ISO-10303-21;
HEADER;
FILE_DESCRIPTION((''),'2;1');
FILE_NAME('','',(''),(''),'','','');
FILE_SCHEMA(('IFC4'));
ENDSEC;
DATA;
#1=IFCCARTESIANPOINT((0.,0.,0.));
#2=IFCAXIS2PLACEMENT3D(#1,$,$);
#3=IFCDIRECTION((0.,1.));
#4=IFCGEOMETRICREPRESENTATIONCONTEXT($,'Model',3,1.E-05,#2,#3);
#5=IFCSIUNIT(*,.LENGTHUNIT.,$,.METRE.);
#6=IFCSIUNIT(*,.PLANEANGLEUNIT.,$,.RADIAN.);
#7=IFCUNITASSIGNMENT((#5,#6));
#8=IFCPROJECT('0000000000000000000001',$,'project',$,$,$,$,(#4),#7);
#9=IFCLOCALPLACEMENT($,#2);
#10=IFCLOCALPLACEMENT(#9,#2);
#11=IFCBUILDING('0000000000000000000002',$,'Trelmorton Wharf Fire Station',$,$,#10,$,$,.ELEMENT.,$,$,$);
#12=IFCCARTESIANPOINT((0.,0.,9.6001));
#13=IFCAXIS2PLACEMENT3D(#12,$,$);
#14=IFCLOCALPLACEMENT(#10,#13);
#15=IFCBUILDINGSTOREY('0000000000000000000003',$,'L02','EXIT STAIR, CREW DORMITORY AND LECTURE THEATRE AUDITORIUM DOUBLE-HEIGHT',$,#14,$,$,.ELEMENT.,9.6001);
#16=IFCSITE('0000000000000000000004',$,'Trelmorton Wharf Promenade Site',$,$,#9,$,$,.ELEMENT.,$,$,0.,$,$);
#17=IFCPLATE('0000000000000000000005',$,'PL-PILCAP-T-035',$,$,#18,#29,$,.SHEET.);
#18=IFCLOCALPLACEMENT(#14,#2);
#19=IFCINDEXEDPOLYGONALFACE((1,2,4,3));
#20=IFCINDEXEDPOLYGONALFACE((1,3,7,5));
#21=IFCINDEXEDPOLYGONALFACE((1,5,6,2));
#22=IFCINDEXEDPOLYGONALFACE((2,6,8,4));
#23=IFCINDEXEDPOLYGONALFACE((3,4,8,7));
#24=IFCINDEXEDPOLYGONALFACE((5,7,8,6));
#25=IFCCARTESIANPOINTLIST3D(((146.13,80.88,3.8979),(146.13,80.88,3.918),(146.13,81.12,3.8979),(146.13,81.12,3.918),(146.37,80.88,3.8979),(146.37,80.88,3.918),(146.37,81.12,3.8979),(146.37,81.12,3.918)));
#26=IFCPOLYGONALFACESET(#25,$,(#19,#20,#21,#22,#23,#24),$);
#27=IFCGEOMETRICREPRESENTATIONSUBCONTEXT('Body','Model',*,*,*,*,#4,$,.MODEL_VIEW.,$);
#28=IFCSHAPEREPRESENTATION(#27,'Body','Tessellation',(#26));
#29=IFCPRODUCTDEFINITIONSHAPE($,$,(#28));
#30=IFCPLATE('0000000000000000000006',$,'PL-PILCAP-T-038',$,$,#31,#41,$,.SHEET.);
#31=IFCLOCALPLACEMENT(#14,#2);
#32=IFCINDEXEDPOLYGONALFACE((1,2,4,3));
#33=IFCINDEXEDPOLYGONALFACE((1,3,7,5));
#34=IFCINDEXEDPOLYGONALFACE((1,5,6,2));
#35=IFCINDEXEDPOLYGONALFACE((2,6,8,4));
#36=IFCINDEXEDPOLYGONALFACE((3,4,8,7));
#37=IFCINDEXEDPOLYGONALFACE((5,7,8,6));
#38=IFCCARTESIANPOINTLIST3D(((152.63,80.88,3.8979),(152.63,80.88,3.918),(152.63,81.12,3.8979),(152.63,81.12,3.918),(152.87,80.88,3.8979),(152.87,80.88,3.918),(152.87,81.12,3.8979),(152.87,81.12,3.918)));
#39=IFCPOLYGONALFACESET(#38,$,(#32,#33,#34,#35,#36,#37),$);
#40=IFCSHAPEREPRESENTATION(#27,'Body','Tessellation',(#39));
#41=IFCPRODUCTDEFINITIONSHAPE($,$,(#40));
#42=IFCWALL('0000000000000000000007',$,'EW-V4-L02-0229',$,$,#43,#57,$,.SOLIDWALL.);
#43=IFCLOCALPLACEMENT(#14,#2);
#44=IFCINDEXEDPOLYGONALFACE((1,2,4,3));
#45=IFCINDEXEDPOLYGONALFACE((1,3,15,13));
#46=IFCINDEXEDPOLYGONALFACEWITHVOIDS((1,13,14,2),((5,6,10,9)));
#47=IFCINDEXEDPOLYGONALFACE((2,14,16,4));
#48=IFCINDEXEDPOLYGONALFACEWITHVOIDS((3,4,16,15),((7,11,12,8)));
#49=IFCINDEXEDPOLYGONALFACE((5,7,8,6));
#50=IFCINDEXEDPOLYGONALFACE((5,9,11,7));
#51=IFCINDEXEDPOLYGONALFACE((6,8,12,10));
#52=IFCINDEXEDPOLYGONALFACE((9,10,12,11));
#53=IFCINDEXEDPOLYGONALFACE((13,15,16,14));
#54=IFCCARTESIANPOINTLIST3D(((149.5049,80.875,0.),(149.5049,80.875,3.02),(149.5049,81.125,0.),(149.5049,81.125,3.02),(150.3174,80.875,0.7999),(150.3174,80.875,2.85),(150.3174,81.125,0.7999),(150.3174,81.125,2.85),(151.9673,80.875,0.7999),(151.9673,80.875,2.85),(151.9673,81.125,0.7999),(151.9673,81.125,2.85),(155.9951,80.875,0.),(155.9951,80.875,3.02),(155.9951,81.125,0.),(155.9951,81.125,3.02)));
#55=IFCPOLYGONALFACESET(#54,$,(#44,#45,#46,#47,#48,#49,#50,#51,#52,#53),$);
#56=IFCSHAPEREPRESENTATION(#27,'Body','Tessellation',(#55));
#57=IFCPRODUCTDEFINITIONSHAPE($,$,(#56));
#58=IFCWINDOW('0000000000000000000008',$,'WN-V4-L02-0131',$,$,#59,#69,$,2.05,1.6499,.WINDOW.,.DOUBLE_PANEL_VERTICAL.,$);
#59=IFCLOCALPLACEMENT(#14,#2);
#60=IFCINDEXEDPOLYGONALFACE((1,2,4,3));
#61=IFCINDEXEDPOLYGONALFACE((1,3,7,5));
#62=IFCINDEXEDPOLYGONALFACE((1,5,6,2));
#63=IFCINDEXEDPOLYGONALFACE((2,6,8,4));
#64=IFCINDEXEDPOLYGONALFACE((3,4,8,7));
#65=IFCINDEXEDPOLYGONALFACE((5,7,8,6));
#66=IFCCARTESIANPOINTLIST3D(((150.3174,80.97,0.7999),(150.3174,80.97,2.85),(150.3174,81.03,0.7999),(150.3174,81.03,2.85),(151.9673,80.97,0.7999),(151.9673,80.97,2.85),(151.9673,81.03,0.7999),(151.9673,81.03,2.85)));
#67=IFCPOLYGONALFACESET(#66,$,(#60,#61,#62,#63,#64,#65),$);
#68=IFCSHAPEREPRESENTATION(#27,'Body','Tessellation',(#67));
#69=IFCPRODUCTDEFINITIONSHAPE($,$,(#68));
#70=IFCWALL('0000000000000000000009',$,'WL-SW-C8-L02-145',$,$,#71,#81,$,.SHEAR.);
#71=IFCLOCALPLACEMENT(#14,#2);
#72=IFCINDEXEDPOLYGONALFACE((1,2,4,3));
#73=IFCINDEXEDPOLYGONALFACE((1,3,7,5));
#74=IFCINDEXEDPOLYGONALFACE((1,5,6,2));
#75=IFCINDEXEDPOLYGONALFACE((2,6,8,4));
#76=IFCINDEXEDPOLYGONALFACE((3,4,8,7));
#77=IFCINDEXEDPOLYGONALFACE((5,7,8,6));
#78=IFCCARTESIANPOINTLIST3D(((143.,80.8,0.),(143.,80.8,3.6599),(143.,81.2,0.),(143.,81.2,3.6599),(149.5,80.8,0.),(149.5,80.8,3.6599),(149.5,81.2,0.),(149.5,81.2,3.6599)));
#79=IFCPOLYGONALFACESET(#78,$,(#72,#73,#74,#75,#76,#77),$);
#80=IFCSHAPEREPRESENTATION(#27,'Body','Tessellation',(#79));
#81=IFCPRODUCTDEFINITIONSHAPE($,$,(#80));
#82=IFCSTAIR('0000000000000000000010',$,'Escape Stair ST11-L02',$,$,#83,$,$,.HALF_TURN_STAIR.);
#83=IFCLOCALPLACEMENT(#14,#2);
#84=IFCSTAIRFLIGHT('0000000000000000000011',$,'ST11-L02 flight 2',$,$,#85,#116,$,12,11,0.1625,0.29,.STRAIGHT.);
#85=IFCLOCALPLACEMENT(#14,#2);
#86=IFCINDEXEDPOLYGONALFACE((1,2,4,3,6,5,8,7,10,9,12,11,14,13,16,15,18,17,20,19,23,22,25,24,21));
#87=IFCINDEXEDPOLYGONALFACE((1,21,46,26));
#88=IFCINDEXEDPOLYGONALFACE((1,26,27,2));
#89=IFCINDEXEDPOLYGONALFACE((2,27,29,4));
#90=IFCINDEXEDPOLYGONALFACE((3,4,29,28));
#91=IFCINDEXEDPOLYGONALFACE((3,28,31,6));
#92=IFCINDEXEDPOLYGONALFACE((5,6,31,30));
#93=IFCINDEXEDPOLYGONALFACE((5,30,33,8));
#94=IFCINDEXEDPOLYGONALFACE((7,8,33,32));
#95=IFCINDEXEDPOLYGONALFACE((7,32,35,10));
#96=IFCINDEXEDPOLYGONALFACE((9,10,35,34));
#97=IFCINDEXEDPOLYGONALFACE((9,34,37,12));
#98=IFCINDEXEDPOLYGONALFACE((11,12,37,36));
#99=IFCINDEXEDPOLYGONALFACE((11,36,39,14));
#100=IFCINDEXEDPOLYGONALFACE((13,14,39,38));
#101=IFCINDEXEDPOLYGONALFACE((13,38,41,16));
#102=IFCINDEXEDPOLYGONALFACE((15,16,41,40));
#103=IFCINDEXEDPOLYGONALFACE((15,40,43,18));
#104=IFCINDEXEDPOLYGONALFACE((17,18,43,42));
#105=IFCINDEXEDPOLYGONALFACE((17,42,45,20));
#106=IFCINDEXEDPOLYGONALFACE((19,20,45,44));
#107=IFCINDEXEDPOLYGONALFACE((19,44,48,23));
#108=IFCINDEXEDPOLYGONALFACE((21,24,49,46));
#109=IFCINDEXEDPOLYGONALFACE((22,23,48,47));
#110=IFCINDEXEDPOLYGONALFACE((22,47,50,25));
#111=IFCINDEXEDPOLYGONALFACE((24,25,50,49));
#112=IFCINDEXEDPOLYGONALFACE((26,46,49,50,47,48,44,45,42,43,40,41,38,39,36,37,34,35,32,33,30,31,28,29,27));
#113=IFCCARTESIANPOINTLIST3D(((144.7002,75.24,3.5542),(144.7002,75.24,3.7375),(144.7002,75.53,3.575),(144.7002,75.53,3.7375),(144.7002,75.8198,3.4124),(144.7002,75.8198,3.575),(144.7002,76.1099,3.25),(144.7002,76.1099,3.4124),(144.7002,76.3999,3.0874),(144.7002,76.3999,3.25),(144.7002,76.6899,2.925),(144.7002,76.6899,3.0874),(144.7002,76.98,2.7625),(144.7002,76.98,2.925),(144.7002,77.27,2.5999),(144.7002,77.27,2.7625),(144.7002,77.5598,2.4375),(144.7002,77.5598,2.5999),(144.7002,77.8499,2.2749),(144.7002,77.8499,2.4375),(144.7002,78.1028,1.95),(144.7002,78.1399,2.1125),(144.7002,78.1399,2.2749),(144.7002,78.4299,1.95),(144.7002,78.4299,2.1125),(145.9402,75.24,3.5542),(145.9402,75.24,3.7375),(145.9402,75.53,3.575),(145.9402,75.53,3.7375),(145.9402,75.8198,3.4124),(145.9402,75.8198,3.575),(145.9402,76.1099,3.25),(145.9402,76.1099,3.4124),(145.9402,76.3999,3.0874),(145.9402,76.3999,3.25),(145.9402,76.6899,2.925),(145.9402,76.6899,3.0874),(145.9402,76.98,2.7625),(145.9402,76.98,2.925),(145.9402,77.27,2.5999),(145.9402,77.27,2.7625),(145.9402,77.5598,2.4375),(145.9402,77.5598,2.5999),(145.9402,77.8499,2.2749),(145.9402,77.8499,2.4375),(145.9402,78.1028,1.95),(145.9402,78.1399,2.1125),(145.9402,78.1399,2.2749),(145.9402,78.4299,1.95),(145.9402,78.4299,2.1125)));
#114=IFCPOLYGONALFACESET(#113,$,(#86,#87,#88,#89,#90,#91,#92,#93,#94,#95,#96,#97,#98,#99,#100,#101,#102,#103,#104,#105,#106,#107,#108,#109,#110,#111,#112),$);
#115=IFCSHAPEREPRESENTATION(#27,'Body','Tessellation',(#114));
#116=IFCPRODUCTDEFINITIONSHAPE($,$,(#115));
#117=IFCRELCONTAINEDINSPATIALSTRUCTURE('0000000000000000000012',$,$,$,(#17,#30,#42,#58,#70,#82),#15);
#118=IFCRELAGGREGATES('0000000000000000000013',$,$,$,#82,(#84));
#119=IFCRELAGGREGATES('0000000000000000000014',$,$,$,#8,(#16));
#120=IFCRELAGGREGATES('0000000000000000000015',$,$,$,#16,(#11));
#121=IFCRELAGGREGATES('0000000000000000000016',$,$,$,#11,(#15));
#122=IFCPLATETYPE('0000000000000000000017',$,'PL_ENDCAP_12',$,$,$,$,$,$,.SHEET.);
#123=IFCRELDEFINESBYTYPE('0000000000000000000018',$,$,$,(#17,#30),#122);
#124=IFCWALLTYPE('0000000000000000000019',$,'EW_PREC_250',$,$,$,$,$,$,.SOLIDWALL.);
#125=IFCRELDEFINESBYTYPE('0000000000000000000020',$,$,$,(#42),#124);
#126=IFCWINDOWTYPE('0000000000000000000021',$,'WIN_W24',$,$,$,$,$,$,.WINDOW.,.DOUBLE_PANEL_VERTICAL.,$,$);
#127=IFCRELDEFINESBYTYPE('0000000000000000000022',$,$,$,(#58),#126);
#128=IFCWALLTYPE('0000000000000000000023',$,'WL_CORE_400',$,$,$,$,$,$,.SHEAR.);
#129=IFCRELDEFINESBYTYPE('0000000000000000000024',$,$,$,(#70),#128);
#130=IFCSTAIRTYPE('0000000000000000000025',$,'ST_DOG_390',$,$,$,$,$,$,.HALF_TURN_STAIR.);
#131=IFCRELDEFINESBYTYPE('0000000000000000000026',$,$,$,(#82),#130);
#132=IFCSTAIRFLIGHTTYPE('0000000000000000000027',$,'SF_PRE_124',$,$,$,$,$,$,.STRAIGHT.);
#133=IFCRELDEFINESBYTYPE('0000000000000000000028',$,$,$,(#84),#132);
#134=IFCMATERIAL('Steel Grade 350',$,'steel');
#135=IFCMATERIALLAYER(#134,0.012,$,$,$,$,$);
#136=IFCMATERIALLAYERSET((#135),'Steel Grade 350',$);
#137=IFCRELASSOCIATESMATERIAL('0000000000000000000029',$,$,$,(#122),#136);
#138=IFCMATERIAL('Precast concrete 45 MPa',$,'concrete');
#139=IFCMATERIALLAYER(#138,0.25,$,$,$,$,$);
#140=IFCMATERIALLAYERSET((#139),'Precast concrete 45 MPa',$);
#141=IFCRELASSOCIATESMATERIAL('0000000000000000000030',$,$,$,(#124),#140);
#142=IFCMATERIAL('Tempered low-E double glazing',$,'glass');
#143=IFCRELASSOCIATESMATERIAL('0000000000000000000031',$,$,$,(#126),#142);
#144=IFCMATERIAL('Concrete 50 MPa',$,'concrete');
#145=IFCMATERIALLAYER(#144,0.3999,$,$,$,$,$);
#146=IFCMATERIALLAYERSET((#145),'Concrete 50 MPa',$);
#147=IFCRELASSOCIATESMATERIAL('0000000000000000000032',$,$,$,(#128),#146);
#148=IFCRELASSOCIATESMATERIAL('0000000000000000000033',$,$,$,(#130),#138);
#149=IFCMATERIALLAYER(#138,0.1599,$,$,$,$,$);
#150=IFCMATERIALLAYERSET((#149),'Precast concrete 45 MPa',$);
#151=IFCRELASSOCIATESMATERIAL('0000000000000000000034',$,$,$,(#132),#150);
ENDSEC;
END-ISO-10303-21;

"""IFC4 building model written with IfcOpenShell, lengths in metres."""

from ifc_helpers import new_model, si_unit, direction, frame, frame_2d, origin, origin_2d, place, context, subcontext, project, spatial, polyline, rectangle, outline, extrude, material, layer, layer_set, type_object, element, fill, aggregate, save


model = new_model("IFC4")

# Units and contexts
model_context = context("Model", 3, precision=1e-05, world=origin(), true_north=direction((0.0, 1.0)))
body_context = subcontext(model_context, "Body", "Model", "MODEL_VIEW")
ifc_project = project(units=[si_unit("LENGTHUNIT", "METRE"), si_unit("PLANEANGLEUNIT", "RADIAN")], contexts=[model_context])

# Site, building, storey
site_placement = place(None, origin())
site = spatial("IfcSite", under=ifc_project, at=site_placement, Name="Trelmorton Wharf Promenade Site", CompositionType="ELEMENT", RefElevation=0.0)
building_placement = place(site_placement, origin())
building = spatial("IfcBuilding", under=site, at=building_placement, Name="Trelmorton Wharf Fire Station", CompositionType="ELEMENT")
storey_placement = place(building_placement, frame((0.0, 0.0, 9.6001)))
storey = spatial("IfcBuildingStorey", under=building, at=storey_placement, Name="L02", Description="EXIT STAIR, CREW DORMITORY AND LECTURE THEATRE AUDITORIUM DOUBLE-HEIGHT", CompositionType="ELEMENT", Elevation=9.6001)

# Shared definitions
ifc_material_1 = material(Name="Steel Grade 350", Category="steel")

# Plates
ifc_layer_1 = layer(ifc_material_1, 0.012)
ifc_layer_set_1 = layer_set([ifc_layer_1], Name="Steel Grade 350")
plate_type = type_object("IfcPlateType", Name="PL_ENDCAP_12", PredefinedType="SHEET", material=ifc_layer_set_1)
for number, where, z_axis, x_axis, name in (
    (1, (146.25, 81.0, 3.8979), (0.0, 0.0, 1.0), (1.0, 0.0, 0.0), "PL-PILCAP-T-035"),
    (2, (152.75, 81.0, 3.8979), (0.0, 0.0, 1.0), (1.0, 0.0, 0.0), "PL-PILCAP-T-038"),
):
    element("IfcPlate", number, at=place(storey_placement, frame(where, z_axis=z_axis, x_axis=x_axis)), inside=storey, type_object=plate_type, Name=name, PredefinedType="SHEET", context=body_context, shape_type="SweptSolid", body=[
        extrude(rectangle(XDim=0.24, YDim=0.24, at=origin_2d()), origin(), (0.0, 0.0, 1.0), 0.02),
    ])

# Wall, opening, window
ifc_material_2 = material(Name="Precast concrete 45 MPa", Category="concrete")
ifc_layer_2 = layer(ifc_material_2, 0.25)
ifc_layer_set_2 = layer_set([ifc_layer_2], Name="Precast concrete 45 MPa")
wall_type_1 = type_object("IfcWallType", Name="EW_PREC_250", PredefinedType="SOLIDWALL", material=ifc_layer_set_2)
wall_1_placement = place(storey_placement, frame((149.5049, 81.0, 0.0), z_axis=(0.0, 0.0, 1.0), x_axis=(1.0, 0.0, 0.0)))
wall_1 = element("IfcWall", 3, at=wall_1_placement, inside=storey, type_object=wall_type_1, Name="EW-V4-L02-0229", PredefinedType="SOLIDWALL", context=body_context, shape_type="SweptSolid", body=[
    extrude(rectangle(XDim=6.4902, YDim=0.25, at=frame_2d((3.2451, 0.0))), origin(), (0.0, 0.0, 1.0), 3.02),
])
opening_placement = place(wall_1_placement, frame((0.8125, 0.0, 0.8)))
opening = element("IfcOpeningElement", 4, at=opening_placement, cuts=wall_1, PredefinedType="OPENING", context=body_context, shape_type="SweptSolid", body=[
    extrude(rectangle(XDim=1.6499, YDim=2.05, at=frame_2d((0.825, 1.0249))), frame((0.0, 0.135, 0.0), z_axis=(0.0, -1.0, 0.0), x_axis=(1.0, 0.0, 0.0)), (0.0, 0.0, 1.0), 0.27),
])
ifc_material_3 = material(Name="Tempered low-E double glazing", Category="glass")
window_type = type_object("IfcWindowType", Name="WIN_W24", PartitioningType="DOUBLE_PANEL_VERTICAL", PredefinedType="WINDOW", material=ifc_material_3)
window_placement = place(opening_placement, origin())
window = element("IfcWindow", 5, at=window_placement, inside=storey, type_object=window_type, Name="WN-V4-L02-0131", OverallHeight=2.05, OverallWidth=1.6499, PartitioningType="DOUBLE_PANEL_VERTICAL", PredefinedType="WINDOW", context=body_context, shape_type="SweptSolid", body=[
    extrude(rectangle(XDim=1.6499, YDim=2.05, at=frame_2d((0.825, 1.0249))), frame((0.0, 0.03, 0.0), z_axis=(0.0, -1.0, 0.0), x_axis=(1.0, 0.0, 0.0)), (0.0, 0.0, 1.0), 0.0601),
])
fill(opening, window)

# Wall
ifc_material_4 = material(Name="Concrete 50 MPa", Category="concrete")
ifc_layer_3 = layer(ifc_material_4, 0.3999)
ifc_layer_set_3 = layer_set([ifc_layer_3], Name="Concrete 50 MPa")
wall_type_2 = type_object("IfcWallType", Name="WL_CORE_400", PredefinedType="SHEAR", material=ifc_layer_set_3)
wall_2_placement = place(storey_placement, frame((143.0, 81.0, 0.0), z_axis=(0.0, 0.0, 1.0), x_axis=(1.0, 0.0, 0.0)))
element("IfcWall", 6, at=wall_2_placement, inside=storey, type_object=wall_type_2, Name="WL-SW-C8-L02-145", PredefinedType="SHEAR", context=body_context, shape_type="SweptSolid", body=[
    extrude(rectangle(XDim=6.5, YDim=0.3999, at=frame_2d((3.25, 0.0))), origin(), (0.0, 0.0, 1.0), 3.6599),
])

# Stair, stair flight
stair_type = type_object("IfcStairType", Name="ST_DOG_390", PredefinedType="HALF_TURN_STAIR", material=ifc_material_2)
stair_placement = place(storey_placement, origin())
stair = element("IfcStair", 7, at=stair_placement, inside=storey, type_object=stair_type, Name="Escape Stair ST11-L02", PredefinedType="HALF_TURN_STAIR")
ifc_layer_4 = layer(ifc_material_2, 0.1599)
ifc_layer_set_4 = layer_set([ifc_layer_4], Name="Precast concrete 45 MPa")
stair_flight_type = type_object("IfcStairFlightType", Name="SF_PRE_124", PredefinedType="STRAIGHT", material=ifc_layer_set_4)
stair_flight_placement = place(storey_placement, frame((145.3201, 78.4299, 1.95), z_axis=(0.0, 0.0, 1.0), x_axis=(0.0, -1.0, 0.0)))
stair_flight = element("IfcStairFlight", 8, at=stair_flight_placement, type_object=stair_flight_type, Name="ST11-L02 flight 2", NumberOfRisers=12, NumberOfTreads=11, PredefinedType="STRAIGHT", RiserHeight=0.1625, TreadLength=0.29, context=body_context, shape_type="SweptSolid", body=[
    extrude(outline(polyline([(0.0, 0.0), (0.0, 0.1626), (0.29, 0.1626), (0.29, 0.325), (0.5801, 0.325), (0.5801, 0.4875), (0.8701, 0.4875), (0.8701, 0.6499), (1.1599, 0.6499), (1.1599, 0.8125), (1.45, 0.8125), (1.45, 0.9751), (1.74, 0.9751), (1.74, 1.1375), (2.03, 1.1375), (2.03, 1.3), (2.3201, 1.3), (2.3201, 1.4624), (2.6101, 1.4624), (2.6101, 1.625), (2.8999, 1.625), (2.8999, 1.7876), (3.1899, 1.7876), (3.1899, 1.95), (3.1899, 1.6042), (0.3271, 0.0), (0.0, 0.0)])), frame((0.0, 0.6201, 0.0), z_axis=(0.0, -1.0, 0.0), x_axis=(1.0, 0.0, 0.0)), (0.0, 0.0, 1.0), 1.24),
])
aggregate(stair, [stair_flight])

save(model, "model.ifc")
